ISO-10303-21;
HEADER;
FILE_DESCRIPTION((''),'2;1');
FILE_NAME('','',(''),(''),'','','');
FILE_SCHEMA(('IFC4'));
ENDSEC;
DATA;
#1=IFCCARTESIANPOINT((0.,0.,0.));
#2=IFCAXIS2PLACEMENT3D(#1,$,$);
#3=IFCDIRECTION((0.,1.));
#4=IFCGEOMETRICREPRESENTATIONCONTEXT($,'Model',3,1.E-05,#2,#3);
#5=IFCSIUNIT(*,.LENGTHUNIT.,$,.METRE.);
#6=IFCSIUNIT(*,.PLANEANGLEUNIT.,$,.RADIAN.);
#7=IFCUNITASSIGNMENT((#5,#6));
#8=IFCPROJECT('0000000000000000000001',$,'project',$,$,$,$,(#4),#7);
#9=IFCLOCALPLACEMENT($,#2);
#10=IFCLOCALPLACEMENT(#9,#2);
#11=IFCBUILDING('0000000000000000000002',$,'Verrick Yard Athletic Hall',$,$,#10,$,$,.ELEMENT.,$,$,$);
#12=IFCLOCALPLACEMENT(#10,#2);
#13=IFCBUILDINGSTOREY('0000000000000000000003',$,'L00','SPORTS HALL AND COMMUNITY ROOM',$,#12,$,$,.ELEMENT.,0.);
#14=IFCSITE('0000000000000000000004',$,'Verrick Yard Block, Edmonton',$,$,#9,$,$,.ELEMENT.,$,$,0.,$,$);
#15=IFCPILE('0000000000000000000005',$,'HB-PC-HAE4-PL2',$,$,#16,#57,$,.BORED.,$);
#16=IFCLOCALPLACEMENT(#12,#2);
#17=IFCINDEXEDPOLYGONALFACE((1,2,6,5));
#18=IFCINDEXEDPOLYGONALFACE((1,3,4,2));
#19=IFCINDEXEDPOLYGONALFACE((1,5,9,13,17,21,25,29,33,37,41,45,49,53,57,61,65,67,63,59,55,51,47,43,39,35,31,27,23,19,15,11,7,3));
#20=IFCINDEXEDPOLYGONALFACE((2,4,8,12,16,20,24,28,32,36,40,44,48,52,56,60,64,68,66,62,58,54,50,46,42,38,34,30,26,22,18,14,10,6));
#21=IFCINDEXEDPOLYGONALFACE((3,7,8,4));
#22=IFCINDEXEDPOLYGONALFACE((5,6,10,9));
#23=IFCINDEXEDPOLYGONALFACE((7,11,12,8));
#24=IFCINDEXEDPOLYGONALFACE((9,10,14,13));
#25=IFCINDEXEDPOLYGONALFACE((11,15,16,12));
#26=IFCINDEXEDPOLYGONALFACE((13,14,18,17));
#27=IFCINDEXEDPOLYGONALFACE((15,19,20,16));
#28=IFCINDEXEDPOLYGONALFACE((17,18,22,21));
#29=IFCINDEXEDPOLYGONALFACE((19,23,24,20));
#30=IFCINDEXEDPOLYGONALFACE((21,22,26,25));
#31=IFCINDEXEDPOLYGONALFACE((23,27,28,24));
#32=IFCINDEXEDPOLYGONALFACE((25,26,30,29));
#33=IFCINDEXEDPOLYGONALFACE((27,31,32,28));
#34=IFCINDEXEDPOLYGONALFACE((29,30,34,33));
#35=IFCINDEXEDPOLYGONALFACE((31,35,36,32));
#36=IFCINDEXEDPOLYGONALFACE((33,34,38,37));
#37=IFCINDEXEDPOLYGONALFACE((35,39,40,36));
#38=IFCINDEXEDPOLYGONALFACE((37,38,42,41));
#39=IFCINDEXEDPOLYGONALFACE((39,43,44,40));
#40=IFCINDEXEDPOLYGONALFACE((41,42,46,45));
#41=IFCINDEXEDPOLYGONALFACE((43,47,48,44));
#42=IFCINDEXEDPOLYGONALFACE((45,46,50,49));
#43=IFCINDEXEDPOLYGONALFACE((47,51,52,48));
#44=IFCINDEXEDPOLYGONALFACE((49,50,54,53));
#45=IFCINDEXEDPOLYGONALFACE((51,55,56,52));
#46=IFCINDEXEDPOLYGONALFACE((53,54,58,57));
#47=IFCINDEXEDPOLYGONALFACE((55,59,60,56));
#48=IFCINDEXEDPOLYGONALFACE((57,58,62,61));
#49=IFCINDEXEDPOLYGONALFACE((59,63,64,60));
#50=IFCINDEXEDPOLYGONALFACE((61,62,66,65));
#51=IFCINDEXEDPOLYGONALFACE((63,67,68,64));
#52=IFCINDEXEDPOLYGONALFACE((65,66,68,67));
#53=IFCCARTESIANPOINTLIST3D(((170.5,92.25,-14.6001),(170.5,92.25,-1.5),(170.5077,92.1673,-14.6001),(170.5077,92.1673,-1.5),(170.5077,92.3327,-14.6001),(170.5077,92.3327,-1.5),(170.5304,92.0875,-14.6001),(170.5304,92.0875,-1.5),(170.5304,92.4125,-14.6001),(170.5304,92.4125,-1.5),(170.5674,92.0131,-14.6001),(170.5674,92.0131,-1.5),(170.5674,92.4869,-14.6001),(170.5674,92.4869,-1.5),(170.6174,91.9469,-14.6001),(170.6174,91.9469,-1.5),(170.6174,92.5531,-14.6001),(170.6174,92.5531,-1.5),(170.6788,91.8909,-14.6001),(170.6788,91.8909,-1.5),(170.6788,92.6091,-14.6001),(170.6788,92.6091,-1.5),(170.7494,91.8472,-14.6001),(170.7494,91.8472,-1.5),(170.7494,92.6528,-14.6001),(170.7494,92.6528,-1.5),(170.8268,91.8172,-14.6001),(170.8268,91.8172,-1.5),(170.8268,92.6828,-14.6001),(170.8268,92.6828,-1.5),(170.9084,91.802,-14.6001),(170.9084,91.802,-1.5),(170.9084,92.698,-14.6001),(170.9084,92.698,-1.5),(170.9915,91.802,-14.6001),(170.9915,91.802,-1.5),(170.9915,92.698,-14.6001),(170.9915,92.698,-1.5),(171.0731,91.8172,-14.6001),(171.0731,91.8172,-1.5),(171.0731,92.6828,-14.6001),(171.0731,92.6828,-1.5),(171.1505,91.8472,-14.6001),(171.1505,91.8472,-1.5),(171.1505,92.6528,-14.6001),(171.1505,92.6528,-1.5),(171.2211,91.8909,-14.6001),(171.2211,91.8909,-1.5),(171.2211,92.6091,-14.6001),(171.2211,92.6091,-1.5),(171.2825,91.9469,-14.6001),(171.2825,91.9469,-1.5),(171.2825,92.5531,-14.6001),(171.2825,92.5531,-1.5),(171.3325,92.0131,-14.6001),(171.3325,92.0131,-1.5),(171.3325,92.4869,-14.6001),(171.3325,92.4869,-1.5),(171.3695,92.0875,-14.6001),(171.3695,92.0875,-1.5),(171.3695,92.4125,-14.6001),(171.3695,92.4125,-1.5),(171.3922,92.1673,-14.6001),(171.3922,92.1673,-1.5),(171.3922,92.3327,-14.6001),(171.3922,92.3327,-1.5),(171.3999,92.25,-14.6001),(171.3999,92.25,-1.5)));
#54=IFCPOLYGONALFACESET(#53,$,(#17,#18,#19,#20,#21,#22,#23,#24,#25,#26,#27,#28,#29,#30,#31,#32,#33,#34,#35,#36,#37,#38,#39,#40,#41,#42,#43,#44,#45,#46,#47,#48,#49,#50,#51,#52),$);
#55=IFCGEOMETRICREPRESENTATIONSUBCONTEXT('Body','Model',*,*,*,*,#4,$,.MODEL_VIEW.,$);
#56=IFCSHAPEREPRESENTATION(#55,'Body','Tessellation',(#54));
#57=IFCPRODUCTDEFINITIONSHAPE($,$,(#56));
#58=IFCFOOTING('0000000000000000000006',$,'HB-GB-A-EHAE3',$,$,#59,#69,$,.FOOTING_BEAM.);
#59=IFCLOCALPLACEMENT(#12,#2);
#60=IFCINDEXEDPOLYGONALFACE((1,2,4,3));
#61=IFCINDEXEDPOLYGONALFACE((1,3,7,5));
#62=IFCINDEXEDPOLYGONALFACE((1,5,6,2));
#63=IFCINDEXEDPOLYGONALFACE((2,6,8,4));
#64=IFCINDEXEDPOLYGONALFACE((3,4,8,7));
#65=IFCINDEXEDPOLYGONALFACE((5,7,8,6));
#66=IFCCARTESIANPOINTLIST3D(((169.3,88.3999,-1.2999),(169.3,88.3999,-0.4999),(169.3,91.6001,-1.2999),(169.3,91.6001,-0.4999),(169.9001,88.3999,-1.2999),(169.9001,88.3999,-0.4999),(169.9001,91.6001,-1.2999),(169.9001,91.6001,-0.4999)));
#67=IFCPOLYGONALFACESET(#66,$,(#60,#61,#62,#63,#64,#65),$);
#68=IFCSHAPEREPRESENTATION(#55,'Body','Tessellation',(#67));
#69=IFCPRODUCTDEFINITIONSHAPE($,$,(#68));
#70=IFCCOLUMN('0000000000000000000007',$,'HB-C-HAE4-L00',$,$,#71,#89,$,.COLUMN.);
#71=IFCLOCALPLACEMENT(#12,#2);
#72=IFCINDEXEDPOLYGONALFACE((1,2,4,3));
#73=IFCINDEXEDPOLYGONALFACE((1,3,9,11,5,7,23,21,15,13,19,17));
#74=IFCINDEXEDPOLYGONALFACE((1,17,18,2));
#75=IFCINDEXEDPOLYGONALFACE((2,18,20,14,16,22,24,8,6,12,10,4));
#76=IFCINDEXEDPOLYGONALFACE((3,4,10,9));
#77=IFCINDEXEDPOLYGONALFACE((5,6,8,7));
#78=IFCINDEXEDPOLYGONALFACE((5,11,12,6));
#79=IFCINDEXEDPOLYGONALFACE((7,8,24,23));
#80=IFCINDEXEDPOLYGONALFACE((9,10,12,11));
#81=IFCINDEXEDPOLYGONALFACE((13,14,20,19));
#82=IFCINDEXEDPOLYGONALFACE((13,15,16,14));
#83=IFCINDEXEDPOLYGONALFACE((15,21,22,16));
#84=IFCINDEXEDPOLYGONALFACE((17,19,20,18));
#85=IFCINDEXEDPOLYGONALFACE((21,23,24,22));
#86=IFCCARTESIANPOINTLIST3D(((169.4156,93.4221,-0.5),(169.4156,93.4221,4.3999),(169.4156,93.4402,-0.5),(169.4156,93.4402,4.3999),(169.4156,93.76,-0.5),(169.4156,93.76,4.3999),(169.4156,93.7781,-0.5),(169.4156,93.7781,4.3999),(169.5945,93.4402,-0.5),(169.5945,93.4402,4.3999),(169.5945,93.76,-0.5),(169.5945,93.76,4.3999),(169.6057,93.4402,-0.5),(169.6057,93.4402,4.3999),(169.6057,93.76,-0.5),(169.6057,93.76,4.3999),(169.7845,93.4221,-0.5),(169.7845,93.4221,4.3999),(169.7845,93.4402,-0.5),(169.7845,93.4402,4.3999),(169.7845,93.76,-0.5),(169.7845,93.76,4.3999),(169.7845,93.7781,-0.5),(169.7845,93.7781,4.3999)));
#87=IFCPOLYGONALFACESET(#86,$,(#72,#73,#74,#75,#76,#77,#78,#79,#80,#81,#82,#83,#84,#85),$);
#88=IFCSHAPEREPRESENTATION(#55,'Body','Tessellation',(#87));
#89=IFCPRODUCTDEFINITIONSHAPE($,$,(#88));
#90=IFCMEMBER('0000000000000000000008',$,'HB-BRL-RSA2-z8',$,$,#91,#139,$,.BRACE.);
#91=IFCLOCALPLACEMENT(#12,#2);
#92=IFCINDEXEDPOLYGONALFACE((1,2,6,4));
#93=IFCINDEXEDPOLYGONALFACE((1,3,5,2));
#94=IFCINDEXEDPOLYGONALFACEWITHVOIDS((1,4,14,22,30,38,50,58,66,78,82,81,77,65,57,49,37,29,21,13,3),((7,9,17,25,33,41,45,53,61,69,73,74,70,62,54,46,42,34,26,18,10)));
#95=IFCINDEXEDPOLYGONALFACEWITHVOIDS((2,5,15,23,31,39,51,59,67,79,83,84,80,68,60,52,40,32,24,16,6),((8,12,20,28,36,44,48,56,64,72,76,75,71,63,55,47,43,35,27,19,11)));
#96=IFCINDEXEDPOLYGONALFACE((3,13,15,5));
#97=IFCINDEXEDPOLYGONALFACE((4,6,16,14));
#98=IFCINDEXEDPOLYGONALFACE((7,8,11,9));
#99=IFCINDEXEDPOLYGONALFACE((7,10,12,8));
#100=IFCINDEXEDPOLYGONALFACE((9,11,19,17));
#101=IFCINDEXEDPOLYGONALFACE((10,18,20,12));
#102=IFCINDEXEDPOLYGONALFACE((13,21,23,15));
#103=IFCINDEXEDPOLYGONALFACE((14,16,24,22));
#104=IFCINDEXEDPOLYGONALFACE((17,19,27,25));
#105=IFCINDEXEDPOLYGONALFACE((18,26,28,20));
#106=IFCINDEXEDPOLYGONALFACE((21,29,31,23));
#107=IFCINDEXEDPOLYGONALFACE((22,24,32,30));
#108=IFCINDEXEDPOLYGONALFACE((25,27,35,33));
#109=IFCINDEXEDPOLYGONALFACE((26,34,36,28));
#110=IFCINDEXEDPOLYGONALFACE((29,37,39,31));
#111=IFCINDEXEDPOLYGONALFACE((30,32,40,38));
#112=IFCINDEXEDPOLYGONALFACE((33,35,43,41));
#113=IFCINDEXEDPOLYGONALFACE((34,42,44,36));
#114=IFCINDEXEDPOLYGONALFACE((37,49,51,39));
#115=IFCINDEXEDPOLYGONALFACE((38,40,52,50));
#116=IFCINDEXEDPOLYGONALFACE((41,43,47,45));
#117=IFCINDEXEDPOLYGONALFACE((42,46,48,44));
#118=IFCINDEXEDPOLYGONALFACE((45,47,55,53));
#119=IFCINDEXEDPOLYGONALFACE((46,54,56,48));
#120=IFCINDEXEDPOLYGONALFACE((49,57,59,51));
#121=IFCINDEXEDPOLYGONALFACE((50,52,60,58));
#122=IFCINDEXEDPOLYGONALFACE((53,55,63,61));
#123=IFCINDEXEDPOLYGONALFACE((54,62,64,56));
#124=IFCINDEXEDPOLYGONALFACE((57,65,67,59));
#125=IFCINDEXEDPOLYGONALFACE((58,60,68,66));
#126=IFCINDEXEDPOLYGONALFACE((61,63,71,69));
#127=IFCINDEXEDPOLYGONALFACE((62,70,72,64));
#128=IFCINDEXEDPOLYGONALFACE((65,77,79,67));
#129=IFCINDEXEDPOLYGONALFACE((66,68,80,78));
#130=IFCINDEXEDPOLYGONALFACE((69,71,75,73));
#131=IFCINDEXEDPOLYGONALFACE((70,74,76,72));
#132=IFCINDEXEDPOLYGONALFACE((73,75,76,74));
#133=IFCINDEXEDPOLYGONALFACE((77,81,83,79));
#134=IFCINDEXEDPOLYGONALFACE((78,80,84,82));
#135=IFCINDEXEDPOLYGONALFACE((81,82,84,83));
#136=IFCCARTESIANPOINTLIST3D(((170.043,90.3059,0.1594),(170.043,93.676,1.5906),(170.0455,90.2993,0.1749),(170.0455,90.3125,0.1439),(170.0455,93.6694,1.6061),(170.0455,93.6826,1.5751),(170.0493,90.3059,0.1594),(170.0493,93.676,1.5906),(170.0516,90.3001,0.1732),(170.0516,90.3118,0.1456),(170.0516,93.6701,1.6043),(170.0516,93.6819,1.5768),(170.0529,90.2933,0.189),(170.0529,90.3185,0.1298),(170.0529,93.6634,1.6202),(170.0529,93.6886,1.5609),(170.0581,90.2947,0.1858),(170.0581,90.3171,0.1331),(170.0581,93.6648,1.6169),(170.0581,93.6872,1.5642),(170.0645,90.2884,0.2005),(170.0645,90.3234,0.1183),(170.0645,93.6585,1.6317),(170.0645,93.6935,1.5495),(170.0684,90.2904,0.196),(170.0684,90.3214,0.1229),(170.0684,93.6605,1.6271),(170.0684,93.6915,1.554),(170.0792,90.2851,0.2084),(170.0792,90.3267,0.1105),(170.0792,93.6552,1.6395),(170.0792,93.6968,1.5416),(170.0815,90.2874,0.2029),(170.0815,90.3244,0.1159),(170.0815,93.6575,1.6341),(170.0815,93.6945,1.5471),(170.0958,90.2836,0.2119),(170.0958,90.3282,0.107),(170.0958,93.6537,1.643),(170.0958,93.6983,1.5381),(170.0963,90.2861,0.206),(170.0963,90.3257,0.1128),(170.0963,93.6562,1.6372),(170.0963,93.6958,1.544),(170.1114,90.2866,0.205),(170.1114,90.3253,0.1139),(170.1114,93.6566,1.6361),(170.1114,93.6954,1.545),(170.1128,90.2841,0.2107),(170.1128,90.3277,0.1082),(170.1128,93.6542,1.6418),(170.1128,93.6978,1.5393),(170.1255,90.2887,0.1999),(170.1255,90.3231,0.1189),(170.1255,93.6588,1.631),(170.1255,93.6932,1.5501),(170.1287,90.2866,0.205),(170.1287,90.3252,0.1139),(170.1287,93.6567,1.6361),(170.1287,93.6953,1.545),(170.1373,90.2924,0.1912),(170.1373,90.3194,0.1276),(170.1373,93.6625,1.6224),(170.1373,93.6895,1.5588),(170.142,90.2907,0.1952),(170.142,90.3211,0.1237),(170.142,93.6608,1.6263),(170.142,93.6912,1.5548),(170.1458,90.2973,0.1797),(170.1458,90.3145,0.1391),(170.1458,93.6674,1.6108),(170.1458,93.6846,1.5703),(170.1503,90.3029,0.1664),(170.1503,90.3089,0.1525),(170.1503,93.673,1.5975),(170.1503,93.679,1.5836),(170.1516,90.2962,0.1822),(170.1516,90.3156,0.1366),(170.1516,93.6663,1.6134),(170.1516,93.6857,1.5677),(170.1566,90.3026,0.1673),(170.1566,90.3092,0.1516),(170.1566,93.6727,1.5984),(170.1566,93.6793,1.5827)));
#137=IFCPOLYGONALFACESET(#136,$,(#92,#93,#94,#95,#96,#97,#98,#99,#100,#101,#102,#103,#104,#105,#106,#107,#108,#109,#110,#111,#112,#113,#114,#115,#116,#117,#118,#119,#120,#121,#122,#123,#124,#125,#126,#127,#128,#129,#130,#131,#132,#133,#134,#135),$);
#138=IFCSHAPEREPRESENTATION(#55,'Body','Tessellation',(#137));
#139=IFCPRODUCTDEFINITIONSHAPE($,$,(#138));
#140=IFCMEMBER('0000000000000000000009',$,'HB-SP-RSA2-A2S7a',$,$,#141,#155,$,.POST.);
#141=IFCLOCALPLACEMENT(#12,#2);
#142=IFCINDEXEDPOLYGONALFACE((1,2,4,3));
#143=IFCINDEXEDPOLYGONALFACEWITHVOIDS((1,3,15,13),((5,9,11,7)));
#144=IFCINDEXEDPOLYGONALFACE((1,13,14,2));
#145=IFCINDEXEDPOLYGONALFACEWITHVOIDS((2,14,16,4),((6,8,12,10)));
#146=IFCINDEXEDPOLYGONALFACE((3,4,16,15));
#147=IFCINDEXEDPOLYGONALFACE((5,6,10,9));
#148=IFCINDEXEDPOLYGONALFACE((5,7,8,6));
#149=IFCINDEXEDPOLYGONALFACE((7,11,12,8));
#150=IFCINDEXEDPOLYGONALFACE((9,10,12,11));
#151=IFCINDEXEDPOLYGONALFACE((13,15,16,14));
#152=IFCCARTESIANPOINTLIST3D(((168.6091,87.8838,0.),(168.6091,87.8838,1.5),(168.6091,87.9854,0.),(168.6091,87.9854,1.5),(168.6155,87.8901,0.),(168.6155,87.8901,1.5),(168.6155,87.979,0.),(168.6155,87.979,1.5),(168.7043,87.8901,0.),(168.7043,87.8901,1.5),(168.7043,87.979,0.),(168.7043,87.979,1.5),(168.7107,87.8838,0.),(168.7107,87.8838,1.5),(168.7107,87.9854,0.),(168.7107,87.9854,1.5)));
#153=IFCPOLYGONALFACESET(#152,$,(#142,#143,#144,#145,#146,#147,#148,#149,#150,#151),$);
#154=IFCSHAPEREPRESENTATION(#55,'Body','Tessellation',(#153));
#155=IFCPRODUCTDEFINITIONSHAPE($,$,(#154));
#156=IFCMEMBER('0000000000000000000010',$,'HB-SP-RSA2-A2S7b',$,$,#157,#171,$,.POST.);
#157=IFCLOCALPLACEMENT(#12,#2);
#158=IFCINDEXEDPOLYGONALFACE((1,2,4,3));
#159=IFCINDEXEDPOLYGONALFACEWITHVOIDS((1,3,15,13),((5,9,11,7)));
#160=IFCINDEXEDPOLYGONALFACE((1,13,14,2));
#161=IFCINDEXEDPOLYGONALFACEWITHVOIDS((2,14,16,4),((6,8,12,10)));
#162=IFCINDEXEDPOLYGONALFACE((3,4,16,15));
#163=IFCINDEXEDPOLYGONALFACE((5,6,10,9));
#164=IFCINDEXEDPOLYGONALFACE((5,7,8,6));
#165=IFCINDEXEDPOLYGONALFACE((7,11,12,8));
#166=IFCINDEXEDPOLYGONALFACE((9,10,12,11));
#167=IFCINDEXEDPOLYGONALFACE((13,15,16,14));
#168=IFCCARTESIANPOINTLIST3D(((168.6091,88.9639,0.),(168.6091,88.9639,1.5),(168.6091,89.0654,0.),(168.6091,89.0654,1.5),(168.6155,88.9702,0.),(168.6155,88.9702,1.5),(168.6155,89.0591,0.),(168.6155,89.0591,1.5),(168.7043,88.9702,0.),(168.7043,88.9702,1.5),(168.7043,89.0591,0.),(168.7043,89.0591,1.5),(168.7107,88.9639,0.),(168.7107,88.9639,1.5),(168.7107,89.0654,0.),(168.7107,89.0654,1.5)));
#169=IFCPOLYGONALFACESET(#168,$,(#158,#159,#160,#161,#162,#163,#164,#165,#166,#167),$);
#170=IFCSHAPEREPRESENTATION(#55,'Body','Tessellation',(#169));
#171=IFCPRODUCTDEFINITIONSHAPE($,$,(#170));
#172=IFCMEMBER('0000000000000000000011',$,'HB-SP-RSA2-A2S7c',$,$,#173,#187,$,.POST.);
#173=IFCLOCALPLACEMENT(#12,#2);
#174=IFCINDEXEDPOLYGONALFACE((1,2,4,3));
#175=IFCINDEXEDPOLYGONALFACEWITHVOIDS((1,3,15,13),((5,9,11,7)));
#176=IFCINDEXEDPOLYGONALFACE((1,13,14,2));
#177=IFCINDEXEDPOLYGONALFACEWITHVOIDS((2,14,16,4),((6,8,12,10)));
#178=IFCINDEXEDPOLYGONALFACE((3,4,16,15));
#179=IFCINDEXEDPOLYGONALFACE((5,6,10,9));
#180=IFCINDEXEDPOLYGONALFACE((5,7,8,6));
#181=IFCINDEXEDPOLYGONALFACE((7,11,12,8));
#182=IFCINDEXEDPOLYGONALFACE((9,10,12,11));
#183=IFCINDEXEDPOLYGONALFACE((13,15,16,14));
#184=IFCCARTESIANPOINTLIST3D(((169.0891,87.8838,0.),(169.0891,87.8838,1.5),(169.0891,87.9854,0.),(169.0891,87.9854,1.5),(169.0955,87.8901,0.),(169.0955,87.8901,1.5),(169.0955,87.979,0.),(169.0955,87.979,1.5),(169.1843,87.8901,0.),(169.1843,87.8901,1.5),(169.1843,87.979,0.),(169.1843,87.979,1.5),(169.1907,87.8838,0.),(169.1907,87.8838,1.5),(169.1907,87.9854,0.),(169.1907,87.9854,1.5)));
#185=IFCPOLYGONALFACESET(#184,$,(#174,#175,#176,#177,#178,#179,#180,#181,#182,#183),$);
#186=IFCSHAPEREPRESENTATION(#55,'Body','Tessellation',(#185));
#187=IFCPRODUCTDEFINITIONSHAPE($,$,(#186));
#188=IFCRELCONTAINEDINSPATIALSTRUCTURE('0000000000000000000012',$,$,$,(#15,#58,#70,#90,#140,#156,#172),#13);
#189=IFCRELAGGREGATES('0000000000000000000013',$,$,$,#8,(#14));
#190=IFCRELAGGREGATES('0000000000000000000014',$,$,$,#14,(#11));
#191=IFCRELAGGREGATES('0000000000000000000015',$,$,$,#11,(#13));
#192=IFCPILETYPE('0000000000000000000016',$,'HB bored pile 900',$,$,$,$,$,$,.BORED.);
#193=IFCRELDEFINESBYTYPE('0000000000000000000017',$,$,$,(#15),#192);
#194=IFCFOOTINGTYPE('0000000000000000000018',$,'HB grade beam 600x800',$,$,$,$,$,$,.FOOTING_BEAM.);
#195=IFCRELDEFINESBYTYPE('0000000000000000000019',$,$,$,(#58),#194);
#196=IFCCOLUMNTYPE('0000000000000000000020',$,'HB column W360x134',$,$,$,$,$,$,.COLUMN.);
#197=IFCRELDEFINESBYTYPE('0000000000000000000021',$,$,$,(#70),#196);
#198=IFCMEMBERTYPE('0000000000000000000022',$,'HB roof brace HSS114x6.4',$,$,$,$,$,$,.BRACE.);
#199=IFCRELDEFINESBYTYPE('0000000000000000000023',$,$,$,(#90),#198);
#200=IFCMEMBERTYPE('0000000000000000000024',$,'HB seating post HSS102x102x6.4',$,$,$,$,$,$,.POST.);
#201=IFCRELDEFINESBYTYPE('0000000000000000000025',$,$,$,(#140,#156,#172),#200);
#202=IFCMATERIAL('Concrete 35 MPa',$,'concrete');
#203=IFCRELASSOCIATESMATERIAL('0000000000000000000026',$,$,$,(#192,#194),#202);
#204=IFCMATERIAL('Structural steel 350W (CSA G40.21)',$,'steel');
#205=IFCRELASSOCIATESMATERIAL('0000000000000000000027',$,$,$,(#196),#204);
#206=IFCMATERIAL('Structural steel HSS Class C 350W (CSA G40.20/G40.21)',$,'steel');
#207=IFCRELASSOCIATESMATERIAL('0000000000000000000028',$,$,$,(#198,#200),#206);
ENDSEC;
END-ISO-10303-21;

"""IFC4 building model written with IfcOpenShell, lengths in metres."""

from ifc_helpers import new_model, si_unit, direction, frame, origin, origin_2d, place, context, subcontext, project, spatial, rectangle, hollow_rectangle, circle, hollow_circle, i_section, extrude, material, material_profile, profile_set, type_object, element, save


model = new_model("IFC4")

# Units and contexts
model_context = context("Model", 3, precision=1e-05, world=origin(), true_north=direction((0.0, 1.0)))
body_context = subcontext(model_context, "Body", "Model", "MODEL_VIEW")
ifc_project = project(units=[si_unit("LENGTHUNIT", "METRE"), si_unit("PLANEANGLEUNIT", "RADIAN")], contexts=[model_context])

# Site, building, storey
site_placement = place(None, origin())
site = spatial("IfcSite", under=ifc_project, at=site_placement, Name="Verrick Yard Block, Edmonton", CompositionType="ELEMENT", RefElevation=0.0)
building_placement = place(site_placement, origin())
building = spatial("IfcBuilding", under=site, at=building_placement, Name="Verrick Yard Athletic Hall", CompositionType="ELEMENT")
storey_placement = place(building_placement, origin())
storey = spatial("IfcBuildingStorey", under=building, at=storey_placement, Name="L00", Description="SPORTS HALL AND COMMUNITY ROOM", CompositionType="ELEMENT", Elevation=0.0)

# Pile
ifc_material_1 = material(Name="Concrete 35 MPa", Category="concrete")
ifc_material_profile_1 = material_profile(ifc_material_1, circle(Radius=0.45, at=origin_2d()), Name="Bored pile 900")
ifc_profile_set_1 = profile_set([ifc_material_profile_1], Name="Concrete 35 MPa")
pile_type = type_object("IfcPileType", Name="HB bored pile 900", PredefinedType="BORED", material=ifc_profile_set_1)
pile_placement = place(storey_placement, frame((170.95, 92.25, -1.5), z_axis=(0.0, 0.0, -1.0), x_axis=(1.0, 0.0, 0.0)))
element("IfcPile", 1, at=pile_placement, inside=storey, type_object=pile_type, Name="HB-PC-HAE4-PL2", PredefinedType="BORED", context=body_context, shape_type="SweptSolid", body=[
    extrude(circle(Radius=0.45, at=origin_2d()), origin(), (0.0, 0.0, 1.0), 13.1001),
])

# Footing
ifc_material_profile_2 = material_profile(ifc_material_1, rectangle(XDim=0.6001, YDim=0.8, at=origin_2d()), Name="Grade beam 600x800")
ifc_profile_set_2 = profile_set([ifc_material_profile_2], Name="Concrete 35 MPa")
footing_type = type_object("IfcFootingType", Name="HB grade beam 600x800", PredefinedType="FOOTING_BEAM", material=ifc_profile_set_2)
footing_placement = place(storey_placement, frame((169.6001, 88.3999, -0.8999), z_axis=(0.0, 1.0, 0.0), x_axis=(-1.0, 0.0, 0.0)))
element("IfcFooting", 2, at=footing_placement, inside=storey, type_object=footing_type, Name="HB-GB-A-EHAE3", PredefinedType="FOOTING_BEAM", context=body_context, shape_type="SweptSolid", body=[
    extrude(rectangle(XDim=0.6001, YDim=0.8, at=origin_2d()), origin(), (0.0, 0.0, 1.0), 3.2002),
])

# Column
ifc_material_2 = material(Name="Structural steel 350W (CSA G40.21)", Category="steel")
ifc_material_profile_3 = material_profile(ifc_material_2, i_section(OverallWidth=0.3689, OverallDepth=0.356, WebThickness=0.0112, FlangeThickness=0.0181, at=origin_2d()), Name="W360x134")
ifc_profile_set_3 = profile_set([ifc_material_profile_3], Name="Structural steel 350W (CSA G40.21)")
column_type = type_object("IfcColumnType", Name="HB column W360x134", PredefinedType="COLUMN", material=ifc_profile_set_3)
column_placement = place(storey_placement, frame((169.6001, 93.6001, -0.5), z_axis=(0.0, 0.0, 1.0), x_axis=(1.0, 0.0, 0.0)))
element("IfcColumn", 3, at=column_placement, inside=storey, type_object=column_type, Name="HB-C-HAE4-L00", PredefinedType="COLUMN", context=body_context, shape_type="SweptSolid", body=[
    extrude(i_section(OverallWidth=0.3689, OverallDepth=0.356, WebThickness=0.0112, FlangeThickness=0.0181, at=origin_2d()), origin(), (0.0, 0.0, 1.0), 4.8999),
])

# Members
ifc_material_3 = material(Name="Structural steel HSS Class C 350W (CSA G40.20/G40.21)", Category="steel")
ifc_material_profile_4 = material_profile(ifc_material_3, hollow_circle(Radius=0.0571, WallThickness=0.0063, at=origin_2d()), Name="HSS114x6.4")
ifc_profile_set_4 = profile_set([ifc_material_profile_4], Name="Structural steel HSS Class C 350W (CSA G40.20/G40.21)")
member_type_1 = type_object("IfcMemberType", Name="HB roof brace HSS114x6.4", PredefinedType="BRACE", material=ifc_profile_set_4)
member_placement = place(storey_placement, frame((170.1001, 90.3059, 0.1594), z_axis=(0.0, 0.920444, 0.390875), x_axis=(-1.0, 0.0, 0.0)))
element("IfcMember", 4, at=member_placement, inside=storey, type_object=member_type_1, Name="HB-BRL-RSA2-z8", PredefinedType="BRACE", context=body_context, shape_type="SweptSolid", body=[
    extrude(hollow_circle(Radius=0.0571, WallThickness=0.0063, at=origin_2d()), origin(), (0.0, 0.0, 1.0), 3.6614),
])
ifc_material_profile_5 = material_profile(ifc_material_3, hollow_rectangle(XDim=0.1016, YDim=0.1016, WallThickness=0.0063, at=origin_2d()), Name="HSS102x102x6.4")
ifc_profile_set_5 = profile_set([ifc_material_profile_5], Name="Structural steel HSS Class C 350W (CSA G40.20/G40.21)")
member_type_2 = type_object("IfcMemberType", Name="HB seating post HSS102x102x6.4", PredefinedType="POST", material=ifc_profile_set_5)
for number, where, z_axis, x_axis, name in (
    (5, (168.6599, 87.9346, 0.0), (0.0, 0.0, 1.0), (0.0, 1.0, 0.0), "HB-SP-RSA2-A2S7a"),
    (6, (168.6599, 89.0146, 0.0), (0.0, 0.0, 1.0), (0.0, 1.0, 0.0), "HB-SP-RSA2-A2S7b"),
    (7, (169.1399, 87.9346, 0.0), (0.0, 0.0, 1.0), (0.0, 1.0, 0.0), "HB-SP-RSA2-A2S7c"),
):
    element("IfcMember", number, at=place(storey_placement, frame(where, z_axis=z_axis, x_axis=x_axis)), inside=storey, type_object=member_type_2, Name=name, PredefinedType="POST", context=body_context, shape_type="SweptSolid", body=[
        extrude(hollow_rectangle(XDim=0.1016, YDim=0.1016, WallThickness=0.0063, at=origin_2d()), origin(), (0.0, 0.0, 1.0), 1.5),
    ])

save(model, "model.ifc")
